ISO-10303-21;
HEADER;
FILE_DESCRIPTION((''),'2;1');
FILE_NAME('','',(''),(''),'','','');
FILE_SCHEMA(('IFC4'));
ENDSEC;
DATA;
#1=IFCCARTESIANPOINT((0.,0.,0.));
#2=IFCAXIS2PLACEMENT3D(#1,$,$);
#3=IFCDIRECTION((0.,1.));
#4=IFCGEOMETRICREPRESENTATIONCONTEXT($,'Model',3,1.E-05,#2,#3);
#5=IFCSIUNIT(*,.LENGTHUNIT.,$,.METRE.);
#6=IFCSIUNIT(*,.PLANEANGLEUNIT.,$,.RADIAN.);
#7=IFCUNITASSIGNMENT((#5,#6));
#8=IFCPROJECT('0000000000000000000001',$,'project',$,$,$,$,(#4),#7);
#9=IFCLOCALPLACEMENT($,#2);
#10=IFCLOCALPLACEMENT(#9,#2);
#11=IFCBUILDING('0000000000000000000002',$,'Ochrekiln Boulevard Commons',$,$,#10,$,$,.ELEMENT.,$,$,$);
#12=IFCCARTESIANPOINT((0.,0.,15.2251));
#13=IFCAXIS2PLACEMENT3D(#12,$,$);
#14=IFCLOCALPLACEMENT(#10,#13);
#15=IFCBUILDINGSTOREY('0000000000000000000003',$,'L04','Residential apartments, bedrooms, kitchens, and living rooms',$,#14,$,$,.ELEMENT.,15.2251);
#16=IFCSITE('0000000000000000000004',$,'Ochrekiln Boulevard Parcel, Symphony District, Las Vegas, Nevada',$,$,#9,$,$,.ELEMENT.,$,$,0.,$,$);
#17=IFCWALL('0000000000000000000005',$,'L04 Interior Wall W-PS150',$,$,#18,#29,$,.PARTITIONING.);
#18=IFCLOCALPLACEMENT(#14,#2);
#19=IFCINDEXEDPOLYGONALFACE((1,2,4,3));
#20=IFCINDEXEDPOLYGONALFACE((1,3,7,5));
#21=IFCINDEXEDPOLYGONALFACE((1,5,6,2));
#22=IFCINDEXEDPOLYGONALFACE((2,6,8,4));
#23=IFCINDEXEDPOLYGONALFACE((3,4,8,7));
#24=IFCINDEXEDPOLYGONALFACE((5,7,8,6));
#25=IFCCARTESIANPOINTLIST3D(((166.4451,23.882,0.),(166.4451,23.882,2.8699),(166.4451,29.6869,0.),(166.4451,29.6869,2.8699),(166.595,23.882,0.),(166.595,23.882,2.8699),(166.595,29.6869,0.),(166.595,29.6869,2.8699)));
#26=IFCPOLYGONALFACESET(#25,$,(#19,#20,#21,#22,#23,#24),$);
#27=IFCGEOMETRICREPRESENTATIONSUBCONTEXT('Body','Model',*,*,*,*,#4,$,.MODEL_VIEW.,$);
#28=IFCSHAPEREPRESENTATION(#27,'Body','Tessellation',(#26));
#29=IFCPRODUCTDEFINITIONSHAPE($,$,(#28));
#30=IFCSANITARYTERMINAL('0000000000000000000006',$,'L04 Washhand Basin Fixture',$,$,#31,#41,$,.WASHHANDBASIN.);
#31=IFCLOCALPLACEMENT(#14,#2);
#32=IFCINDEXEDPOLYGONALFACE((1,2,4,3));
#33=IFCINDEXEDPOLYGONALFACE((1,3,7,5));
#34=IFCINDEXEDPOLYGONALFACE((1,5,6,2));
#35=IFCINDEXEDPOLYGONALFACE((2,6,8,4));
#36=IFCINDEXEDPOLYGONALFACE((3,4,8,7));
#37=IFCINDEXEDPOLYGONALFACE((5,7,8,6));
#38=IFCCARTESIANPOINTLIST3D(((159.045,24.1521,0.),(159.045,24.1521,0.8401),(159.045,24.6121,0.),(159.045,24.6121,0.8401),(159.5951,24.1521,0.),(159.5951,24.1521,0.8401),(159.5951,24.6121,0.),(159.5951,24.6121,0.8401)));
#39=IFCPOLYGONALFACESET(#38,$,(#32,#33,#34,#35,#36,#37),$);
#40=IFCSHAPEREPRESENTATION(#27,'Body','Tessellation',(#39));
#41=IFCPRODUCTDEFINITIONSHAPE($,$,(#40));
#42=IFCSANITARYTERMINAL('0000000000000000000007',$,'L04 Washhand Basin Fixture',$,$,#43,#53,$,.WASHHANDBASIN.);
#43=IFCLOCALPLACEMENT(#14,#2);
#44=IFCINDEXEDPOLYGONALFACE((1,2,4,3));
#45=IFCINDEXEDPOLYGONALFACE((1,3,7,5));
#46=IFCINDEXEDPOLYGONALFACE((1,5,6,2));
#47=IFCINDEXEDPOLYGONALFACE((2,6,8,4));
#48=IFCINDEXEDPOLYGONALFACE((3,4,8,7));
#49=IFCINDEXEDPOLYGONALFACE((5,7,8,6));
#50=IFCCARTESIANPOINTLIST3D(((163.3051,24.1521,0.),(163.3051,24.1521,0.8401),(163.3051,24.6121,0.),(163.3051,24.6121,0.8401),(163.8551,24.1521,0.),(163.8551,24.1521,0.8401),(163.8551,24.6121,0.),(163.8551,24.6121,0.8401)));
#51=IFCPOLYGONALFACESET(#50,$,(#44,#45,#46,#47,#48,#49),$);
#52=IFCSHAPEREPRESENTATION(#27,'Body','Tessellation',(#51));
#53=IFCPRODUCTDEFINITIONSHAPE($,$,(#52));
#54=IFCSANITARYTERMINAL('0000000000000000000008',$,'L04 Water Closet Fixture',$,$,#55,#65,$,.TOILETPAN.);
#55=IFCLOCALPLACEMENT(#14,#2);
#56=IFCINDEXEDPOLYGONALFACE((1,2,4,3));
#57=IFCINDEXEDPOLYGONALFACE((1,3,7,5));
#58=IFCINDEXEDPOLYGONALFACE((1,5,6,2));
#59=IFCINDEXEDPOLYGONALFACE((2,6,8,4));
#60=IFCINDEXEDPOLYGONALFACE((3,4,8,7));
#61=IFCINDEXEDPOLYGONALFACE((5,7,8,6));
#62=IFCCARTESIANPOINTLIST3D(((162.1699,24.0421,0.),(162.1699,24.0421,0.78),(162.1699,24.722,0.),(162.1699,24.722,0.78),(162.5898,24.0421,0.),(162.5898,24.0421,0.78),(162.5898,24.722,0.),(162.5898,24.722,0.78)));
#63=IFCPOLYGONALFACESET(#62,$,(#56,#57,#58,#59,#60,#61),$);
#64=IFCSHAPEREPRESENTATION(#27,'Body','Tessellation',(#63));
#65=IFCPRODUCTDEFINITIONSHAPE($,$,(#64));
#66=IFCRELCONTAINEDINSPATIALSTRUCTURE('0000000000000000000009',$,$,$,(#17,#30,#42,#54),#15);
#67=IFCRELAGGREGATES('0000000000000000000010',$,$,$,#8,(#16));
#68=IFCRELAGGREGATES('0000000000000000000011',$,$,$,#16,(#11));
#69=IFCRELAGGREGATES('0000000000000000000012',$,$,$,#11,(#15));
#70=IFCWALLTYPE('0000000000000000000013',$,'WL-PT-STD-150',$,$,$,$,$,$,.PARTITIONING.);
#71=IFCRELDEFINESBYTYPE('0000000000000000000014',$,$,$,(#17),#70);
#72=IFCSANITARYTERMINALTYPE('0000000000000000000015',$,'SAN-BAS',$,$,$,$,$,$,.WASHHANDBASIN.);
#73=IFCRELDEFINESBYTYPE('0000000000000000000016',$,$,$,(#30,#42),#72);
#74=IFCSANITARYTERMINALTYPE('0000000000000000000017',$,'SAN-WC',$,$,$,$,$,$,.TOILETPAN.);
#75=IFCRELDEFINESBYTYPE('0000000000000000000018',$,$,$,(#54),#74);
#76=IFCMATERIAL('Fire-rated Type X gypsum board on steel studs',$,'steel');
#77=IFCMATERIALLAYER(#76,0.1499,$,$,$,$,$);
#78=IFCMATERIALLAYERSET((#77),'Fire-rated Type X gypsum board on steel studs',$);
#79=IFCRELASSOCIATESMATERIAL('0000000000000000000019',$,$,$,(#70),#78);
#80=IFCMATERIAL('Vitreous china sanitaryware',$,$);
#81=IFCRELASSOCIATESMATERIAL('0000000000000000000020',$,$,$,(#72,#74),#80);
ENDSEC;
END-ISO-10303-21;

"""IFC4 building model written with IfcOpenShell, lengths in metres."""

from ifc_helpers import new_model, si_unit, direction, frame, frame_2d, origin, origin_2d, place, context, subcontext, project, spatial, rectangle, extrude, material, layer, layer_set, type_object, element, save


model = new_model("IFC4")

# Units and contexts
model_context = context("Model", 3, precision=1e-05, world=origin(), true_north=direction((0.0, 1.0)))
body_context = subcontext(model_context, "Body", "Model", "MODEL_VIEW")
ifc_project = project(units=[si_unit("LENGTHUNIT", "METRE"), si_unit("PLANEANGLEUNIT", "RADIAN")], contexts=[model_context])

# Site, building, storey
site_placement = place(None, origin())
site = spatial("IfcSite", under=ifc_project, at=site_placement, Name="Ochrekiln Boulevard Parcel, Symphony District, Las Vegas, Nevada", CompositionType="ELEMENT", RefElevation=0.0)
building_placement = place(site_placement, origin())
building = spatial("IfcBuilding", under=site, at=building_placement, Name="Ochrekiln Boulevard Commons", CompositionType="ELEMENT")
storey_placement = place(building_placement, frame((0.0, 0.0, 15.2251)))
storey = spatial("IfcBuildingStorey", under=building, at=storey_placement, Name="L04", Description="Residential apartments, bedrooms, kitchens, and living rooms", CompositionType="ELEMENT", Elevation=15.2251)

# Wall
ifc_material_1 = material(Name="Fire-rated Type X gypsum board on steel studs", Category="steel")
ifc_layer_1 = layer(ifc_material_1, 0.1499)
ifc_layer_set_1 = layer_set([ifc_layer_1], Name="Fire-rated Type X gypsum board on steel studs")
wall_type_1 = type_object("IfcWallType", Name="WL-PT-STD-150", PredefinedType="PARTITIONING", material=ifc_layer_set_1)
wall_1_placement = place(storey_placement, frame((166.52, 23.8821, 0.0), z_axis=(0.0, 0.0, 1.0), x_axis=(0.0, 1.0, 0.0)))
element("IfcWall", 1, at=wall_1_placement, inside=storey, type_object=wall_type_1, Name="L04 Interior Wall W-PS150", PredefinedType="PARTITIONING", context=body_context, shape_type="SweptSolid", body=[
    extrude(rectangle(XDim=5.8049, YDim=0.1499, at=frame_2d((2.9023, 0.0))), origin(), (0.0, 0.0, 1.0), 2.8699),
])

# Sanitary terminals
ifc_material_2 = material(Name="Vitreous china sanitaryware")
sanitary_terminal_type_1 = type_object("IfcSanitaryTerminalType", Name="SAN-BAS", PredefinedType="WASHHANDBASIN", material=ifc_material_2)
for number, where, z_axis, x_axis, name in (
    (2, (159.3201, 24.3821, 0.0), (0.0, 0.0, 1.0), (1.0, 0.0, 0.0), "L04 Washhand Basin Fixture"),
    (3, (163.5801, 24.3821, 0.0), (0.0, 0.0, 1.0), (1.0, 0.0, 0.0), "L04 Washhand Basin Fixture"),
):
    element("IfcSanitaryTerminal", number, at=place(storey_placement, frame(where, z_axis=z_axis, x_axis=x_axis)), inside=storey, type_object=sanitary_terminal_type_1, Name=name, PredefinedType="WASHHANDBASIN", context=body_context, shape_type="SweptSolid", body=[
        extrude(rectangle(XDim=0.55, YDim=0.46, at=origin_2d()), origin(), (0.0, 0.0, 1.0), 0.8401),
    ])
sanitary_terminal_type_2 = type_object("IfcSanitaryTerminalType", Name="SAN-WC", PredefinedType="TOILETPAN", material=ifc_material_2)
sanitary_terminal_placement = place(storey_placement, frame((162.3799, 24.3821, 0.0), z_axis=(0.0, 0.0, 1.0), x_axis=(1.0, 0.0, 0.0)))
element("IfcSanitaryTerminal", 4, at=sanitary_terminal_placement, inside=storey, type_object=sanitary_terminal_type_2, Name="L04 Water Closet Fixture", PredefinedType="TOILETPAN", context=body_context, shape_type="SweptSolid", body=[
    extrude(rectangle(XDim=0.4199, YDim=0.6799, at=origin_2d()), origin(), (0.0, 0.0, 1.0), 0.78),
])

save(model, "model.ifc")
